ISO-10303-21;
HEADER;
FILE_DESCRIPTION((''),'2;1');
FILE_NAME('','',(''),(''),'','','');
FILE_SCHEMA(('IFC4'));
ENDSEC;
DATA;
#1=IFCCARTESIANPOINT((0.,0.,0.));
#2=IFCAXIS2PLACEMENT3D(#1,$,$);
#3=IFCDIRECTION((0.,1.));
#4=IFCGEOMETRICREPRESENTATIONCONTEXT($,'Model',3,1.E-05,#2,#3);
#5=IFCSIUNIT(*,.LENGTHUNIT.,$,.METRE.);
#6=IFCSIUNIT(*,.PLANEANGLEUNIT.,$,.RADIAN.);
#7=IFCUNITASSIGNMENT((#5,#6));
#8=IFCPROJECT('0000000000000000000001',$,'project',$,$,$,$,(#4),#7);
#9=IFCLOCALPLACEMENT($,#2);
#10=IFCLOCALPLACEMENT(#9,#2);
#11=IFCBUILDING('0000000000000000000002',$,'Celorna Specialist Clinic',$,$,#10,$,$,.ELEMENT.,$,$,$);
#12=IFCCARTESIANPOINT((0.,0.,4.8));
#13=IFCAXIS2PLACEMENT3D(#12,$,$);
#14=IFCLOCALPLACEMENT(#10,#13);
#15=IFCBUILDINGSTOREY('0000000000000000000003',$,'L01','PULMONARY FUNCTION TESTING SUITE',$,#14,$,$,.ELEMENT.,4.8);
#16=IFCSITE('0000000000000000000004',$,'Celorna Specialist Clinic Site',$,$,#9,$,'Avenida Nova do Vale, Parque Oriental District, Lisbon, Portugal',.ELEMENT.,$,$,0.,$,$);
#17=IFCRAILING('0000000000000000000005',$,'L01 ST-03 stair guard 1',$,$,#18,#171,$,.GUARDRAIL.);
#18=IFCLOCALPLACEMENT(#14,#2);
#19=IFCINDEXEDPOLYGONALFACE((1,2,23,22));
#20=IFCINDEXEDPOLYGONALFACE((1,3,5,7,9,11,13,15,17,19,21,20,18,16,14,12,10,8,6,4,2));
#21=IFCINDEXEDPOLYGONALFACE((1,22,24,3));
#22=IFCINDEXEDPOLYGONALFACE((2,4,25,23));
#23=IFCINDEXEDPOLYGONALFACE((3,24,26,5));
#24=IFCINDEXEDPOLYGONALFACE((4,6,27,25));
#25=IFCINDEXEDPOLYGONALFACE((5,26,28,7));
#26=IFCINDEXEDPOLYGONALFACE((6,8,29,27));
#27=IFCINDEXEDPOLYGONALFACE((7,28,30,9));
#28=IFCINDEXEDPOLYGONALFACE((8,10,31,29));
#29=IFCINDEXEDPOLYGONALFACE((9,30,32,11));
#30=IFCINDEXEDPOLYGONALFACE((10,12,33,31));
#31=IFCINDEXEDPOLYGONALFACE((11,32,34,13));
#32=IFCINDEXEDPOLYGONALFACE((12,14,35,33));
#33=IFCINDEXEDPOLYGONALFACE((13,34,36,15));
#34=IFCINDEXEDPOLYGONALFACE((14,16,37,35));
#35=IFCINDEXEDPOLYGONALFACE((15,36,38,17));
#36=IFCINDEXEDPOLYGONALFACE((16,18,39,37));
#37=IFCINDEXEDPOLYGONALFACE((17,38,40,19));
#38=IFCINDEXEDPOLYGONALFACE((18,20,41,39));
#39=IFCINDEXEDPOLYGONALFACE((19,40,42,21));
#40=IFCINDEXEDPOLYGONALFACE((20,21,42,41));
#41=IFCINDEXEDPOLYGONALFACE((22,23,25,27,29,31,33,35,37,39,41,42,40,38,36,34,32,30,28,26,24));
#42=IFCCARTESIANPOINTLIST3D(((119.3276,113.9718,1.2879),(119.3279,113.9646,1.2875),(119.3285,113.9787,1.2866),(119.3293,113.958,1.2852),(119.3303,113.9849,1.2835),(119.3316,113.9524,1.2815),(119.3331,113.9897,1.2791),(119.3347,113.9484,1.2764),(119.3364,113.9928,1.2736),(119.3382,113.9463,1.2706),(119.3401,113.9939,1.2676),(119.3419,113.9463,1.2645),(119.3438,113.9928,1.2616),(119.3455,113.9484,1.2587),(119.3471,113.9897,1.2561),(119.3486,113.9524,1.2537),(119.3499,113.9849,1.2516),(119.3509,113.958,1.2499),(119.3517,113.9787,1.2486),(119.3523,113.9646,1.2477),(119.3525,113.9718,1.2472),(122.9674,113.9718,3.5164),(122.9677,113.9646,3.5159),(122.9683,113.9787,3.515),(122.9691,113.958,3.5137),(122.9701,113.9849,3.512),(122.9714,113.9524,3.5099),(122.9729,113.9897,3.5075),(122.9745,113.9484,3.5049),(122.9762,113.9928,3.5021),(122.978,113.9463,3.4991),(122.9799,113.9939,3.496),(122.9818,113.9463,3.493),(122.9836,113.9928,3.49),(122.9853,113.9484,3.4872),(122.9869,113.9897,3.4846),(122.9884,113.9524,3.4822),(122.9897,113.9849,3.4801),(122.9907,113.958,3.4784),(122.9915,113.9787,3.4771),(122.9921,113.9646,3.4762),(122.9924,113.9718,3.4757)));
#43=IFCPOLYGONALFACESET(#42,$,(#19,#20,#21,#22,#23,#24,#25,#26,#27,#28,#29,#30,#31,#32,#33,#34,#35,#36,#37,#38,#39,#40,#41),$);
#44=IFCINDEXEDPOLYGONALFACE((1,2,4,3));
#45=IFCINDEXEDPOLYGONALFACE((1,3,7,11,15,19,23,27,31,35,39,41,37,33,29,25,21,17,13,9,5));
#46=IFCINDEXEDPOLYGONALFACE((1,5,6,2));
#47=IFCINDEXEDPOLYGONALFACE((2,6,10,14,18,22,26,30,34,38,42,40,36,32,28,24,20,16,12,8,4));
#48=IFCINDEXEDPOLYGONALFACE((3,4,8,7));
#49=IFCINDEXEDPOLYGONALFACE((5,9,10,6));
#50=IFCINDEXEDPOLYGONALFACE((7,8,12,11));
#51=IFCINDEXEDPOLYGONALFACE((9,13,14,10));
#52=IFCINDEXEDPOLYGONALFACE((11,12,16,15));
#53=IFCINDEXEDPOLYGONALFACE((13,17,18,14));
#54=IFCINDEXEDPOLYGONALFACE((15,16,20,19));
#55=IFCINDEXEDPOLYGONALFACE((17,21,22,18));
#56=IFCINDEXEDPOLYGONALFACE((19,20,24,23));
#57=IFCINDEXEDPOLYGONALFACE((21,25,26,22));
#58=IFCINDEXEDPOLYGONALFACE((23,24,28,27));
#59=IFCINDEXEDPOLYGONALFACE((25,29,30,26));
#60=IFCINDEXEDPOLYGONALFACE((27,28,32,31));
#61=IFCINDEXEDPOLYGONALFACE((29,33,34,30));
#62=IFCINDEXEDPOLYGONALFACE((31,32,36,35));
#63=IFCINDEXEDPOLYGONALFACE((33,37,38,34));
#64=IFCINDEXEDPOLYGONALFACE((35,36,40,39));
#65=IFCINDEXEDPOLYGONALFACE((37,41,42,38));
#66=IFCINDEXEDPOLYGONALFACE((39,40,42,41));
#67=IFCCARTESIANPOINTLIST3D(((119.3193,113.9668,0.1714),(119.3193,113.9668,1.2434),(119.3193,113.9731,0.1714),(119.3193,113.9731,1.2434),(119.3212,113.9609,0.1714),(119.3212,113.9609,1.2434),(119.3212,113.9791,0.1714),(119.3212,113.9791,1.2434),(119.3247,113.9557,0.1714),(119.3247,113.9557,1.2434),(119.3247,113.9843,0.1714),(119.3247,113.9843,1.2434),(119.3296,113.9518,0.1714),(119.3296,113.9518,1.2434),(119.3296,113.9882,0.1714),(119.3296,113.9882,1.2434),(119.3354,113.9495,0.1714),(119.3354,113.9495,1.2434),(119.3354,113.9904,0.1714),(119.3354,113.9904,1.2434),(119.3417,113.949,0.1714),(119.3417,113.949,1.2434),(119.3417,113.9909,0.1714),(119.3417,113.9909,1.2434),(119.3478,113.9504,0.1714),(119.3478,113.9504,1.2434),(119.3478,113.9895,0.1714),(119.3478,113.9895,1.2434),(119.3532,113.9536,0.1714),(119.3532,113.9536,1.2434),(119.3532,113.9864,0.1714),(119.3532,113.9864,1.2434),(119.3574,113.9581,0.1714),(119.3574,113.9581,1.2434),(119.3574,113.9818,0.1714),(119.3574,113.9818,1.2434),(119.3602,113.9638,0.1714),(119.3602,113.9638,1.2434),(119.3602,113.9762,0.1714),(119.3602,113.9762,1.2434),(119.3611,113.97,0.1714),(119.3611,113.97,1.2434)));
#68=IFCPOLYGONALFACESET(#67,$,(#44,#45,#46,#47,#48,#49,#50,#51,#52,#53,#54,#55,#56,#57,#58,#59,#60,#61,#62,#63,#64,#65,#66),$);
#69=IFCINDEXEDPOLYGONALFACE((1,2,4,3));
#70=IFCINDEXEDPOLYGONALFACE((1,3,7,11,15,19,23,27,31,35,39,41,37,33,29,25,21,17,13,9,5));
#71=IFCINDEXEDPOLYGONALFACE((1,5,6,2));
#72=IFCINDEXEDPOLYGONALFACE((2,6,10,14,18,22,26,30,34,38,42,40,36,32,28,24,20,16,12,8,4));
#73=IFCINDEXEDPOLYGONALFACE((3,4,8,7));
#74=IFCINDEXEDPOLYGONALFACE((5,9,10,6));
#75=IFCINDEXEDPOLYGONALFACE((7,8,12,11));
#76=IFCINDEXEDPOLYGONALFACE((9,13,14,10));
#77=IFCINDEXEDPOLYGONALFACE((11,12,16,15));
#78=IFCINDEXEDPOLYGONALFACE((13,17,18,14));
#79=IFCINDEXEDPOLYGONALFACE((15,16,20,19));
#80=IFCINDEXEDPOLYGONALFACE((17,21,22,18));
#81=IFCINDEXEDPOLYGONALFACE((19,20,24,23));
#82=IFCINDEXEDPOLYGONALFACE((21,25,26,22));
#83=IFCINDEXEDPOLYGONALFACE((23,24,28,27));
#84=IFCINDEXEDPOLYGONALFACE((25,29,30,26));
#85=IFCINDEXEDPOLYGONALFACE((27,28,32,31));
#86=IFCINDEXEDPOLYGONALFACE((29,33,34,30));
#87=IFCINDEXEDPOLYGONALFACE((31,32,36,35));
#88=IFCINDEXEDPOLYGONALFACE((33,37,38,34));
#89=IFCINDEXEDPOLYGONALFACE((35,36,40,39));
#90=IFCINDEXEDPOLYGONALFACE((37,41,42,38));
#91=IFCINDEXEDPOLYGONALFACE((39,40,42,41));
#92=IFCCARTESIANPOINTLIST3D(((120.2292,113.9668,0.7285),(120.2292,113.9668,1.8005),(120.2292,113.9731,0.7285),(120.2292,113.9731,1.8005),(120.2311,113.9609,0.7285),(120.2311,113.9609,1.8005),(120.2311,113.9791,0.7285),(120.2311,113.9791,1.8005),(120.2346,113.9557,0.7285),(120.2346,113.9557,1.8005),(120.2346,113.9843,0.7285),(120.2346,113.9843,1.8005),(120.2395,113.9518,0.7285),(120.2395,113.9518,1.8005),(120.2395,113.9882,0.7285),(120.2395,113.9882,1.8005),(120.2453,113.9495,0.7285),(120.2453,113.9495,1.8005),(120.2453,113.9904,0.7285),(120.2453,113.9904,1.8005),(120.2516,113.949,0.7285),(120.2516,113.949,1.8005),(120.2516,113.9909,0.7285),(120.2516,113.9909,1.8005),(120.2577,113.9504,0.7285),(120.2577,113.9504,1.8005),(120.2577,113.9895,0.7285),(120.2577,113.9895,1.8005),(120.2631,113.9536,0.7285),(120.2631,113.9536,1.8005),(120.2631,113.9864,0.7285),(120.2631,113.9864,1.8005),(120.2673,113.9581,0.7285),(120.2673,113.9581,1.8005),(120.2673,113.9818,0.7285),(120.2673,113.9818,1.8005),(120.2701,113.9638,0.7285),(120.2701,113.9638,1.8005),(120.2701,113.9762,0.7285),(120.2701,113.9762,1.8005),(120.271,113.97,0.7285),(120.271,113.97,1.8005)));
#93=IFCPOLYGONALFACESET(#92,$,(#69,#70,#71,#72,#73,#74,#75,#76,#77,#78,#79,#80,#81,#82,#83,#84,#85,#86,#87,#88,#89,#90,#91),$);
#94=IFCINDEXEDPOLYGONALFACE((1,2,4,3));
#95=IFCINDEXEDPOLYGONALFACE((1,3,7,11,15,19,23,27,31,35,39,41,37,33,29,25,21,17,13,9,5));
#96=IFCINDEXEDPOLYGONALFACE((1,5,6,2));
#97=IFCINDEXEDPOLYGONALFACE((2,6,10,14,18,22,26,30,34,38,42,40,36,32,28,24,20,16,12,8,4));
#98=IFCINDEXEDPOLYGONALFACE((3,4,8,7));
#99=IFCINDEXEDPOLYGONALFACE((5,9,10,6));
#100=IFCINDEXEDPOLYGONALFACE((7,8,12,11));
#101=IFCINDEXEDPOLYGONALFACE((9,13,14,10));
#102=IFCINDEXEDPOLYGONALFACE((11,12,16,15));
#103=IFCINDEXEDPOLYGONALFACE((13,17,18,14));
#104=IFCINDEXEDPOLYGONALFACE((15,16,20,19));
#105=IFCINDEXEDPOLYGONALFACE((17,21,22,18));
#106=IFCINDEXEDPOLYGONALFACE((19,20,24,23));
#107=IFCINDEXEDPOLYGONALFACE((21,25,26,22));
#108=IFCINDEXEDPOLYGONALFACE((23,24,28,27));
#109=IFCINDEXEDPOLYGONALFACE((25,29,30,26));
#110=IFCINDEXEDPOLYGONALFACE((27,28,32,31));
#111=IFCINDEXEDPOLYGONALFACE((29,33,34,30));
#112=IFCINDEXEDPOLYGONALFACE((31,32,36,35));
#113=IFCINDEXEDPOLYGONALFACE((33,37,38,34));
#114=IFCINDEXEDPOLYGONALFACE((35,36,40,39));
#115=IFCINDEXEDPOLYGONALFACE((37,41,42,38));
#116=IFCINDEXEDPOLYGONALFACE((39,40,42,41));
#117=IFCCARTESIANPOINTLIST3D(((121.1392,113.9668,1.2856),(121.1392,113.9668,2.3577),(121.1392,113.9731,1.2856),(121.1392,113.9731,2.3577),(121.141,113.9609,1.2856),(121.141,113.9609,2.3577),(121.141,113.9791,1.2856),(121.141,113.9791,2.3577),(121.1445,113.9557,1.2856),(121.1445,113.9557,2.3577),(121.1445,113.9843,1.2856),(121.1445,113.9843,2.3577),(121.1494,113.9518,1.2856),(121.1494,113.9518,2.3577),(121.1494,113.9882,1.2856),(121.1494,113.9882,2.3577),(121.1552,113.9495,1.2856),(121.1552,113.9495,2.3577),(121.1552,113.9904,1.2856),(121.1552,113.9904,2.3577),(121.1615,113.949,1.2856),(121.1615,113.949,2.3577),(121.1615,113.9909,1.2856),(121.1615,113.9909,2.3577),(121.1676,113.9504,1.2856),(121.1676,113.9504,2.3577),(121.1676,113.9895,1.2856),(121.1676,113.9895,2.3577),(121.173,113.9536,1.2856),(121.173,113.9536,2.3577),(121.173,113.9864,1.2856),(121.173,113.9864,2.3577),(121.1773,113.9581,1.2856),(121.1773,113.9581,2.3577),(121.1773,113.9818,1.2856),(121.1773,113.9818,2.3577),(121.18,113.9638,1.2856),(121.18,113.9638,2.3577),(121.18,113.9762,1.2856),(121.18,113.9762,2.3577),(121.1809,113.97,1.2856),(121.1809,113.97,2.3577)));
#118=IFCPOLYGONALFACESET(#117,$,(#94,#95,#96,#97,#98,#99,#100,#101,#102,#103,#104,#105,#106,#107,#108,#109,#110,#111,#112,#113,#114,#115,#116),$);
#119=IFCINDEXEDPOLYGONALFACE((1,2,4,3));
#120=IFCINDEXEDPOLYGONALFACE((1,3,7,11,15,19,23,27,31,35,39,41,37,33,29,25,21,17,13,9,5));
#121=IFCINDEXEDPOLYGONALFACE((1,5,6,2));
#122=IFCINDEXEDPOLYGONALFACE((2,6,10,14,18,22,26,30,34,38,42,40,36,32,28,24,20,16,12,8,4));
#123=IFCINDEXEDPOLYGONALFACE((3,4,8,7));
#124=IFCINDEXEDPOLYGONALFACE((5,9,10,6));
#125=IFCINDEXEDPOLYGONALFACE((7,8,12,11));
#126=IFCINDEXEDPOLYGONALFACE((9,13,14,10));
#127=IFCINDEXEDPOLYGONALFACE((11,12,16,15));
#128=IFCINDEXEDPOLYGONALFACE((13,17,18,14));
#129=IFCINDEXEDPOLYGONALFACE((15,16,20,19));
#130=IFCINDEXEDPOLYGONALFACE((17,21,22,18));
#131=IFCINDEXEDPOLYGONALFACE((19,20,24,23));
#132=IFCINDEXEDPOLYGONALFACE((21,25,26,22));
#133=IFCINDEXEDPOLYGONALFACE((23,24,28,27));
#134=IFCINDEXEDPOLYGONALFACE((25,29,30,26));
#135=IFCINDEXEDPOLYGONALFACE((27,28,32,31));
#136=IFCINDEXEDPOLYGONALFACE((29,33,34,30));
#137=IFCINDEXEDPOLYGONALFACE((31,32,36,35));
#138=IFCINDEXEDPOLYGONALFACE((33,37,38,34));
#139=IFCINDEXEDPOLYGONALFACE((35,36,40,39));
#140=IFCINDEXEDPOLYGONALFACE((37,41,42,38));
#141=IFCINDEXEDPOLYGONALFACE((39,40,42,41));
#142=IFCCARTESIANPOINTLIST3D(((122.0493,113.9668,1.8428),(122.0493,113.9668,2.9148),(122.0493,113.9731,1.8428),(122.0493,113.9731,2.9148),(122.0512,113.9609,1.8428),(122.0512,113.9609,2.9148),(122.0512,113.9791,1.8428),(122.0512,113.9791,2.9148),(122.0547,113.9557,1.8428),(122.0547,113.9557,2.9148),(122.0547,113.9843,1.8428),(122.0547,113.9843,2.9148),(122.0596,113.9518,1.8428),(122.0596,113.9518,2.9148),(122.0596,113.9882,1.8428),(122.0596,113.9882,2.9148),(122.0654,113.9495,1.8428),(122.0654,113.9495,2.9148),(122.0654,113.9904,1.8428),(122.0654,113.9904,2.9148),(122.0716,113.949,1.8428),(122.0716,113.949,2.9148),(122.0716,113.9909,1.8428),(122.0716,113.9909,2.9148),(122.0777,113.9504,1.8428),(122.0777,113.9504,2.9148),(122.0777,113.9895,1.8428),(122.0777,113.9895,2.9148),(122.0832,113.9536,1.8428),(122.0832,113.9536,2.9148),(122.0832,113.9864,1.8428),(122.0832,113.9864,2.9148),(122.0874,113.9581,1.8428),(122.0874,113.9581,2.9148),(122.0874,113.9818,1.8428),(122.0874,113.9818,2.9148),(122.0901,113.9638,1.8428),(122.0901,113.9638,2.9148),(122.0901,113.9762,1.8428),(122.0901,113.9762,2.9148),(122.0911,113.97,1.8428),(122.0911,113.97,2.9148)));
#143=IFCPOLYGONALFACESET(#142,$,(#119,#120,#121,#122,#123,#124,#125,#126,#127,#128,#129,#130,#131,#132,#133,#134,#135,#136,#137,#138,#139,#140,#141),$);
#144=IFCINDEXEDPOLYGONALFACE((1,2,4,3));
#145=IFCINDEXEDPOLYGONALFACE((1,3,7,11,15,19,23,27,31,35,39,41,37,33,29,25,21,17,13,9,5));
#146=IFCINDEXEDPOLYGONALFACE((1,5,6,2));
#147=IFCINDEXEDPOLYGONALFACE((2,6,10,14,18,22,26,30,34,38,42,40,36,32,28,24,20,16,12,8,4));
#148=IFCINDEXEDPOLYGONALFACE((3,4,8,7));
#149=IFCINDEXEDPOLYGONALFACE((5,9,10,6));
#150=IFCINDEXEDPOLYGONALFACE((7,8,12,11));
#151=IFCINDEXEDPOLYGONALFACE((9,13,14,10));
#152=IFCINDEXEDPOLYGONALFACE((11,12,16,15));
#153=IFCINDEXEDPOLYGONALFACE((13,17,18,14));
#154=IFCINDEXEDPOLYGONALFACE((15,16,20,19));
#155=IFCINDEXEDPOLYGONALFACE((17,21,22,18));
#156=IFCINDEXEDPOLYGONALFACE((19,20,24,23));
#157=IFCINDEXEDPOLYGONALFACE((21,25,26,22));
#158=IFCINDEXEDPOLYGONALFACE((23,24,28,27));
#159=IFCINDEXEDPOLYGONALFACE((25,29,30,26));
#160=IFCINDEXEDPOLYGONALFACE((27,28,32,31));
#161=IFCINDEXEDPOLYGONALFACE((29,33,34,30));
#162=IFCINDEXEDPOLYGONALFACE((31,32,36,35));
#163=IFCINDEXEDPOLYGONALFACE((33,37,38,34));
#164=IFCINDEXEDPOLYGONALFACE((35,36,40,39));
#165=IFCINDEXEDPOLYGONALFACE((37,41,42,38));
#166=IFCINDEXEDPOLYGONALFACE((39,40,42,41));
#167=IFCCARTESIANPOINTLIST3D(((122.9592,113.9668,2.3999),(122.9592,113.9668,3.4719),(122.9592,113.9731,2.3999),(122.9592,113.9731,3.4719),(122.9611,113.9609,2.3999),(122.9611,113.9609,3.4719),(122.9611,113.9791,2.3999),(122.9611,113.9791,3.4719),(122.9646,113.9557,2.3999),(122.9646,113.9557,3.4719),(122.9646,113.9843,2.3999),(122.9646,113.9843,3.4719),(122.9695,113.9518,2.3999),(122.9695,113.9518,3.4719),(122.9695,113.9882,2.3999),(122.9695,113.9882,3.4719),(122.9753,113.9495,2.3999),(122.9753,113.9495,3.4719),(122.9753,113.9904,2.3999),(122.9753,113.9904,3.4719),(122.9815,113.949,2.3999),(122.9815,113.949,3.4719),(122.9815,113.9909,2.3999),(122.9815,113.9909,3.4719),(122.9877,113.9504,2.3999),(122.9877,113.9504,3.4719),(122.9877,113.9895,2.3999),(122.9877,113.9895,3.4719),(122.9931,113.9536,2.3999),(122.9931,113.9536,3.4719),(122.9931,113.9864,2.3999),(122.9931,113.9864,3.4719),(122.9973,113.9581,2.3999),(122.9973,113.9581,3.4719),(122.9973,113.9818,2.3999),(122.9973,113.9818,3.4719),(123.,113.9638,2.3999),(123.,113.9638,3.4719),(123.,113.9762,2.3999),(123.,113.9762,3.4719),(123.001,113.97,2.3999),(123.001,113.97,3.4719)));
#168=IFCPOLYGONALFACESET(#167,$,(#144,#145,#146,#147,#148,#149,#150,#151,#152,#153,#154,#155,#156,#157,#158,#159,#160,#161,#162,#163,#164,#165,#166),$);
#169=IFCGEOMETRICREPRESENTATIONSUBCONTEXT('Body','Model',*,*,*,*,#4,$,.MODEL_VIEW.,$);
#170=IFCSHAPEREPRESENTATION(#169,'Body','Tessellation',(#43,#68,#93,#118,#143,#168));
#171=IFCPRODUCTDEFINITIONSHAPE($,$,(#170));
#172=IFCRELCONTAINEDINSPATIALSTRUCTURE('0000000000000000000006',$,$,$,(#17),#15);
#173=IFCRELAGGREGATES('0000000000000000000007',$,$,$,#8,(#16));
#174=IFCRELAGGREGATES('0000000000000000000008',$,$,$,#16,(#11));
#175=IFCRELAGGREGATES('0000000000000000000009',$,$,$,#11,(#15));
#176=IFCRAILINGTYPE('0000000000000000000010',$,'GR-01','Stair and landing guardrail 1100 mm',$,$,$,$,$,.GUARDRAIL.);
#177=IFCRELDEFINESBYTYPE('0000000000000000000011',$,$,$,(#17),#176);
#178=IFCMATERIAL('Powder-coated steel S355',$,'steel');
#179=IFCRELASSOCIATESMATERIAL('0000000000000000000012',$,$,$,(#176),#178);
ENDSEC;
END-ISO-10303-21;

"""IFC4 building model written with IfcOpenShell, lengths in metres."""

from ifc_helpers import new_model, si_unit, direction, frame, origin, origin_2d, place, context, subcontext, project, spatial, circle, extrude, material, type_object, element, save


model = new_model("IFC4")

# Units and contexts
model_context = context("Model", 3, precision=1e-05, world=origin(), true_north=direction((0.0, 1.0)))
body_context = subcontext(model_context, "Body", "Model", "MODEL_VIEW")
ifc_project = project(units=[si_unit("LENGTHUNIT", "METRE"), si_unit("PLANEANGLEUNIT", "RADIAN")], contexts=[model_context])

# Site, building, storey
site_placement = place(None, origin())
site = spatial("IfcSite", under=ifc_project, at=site_placement, Name="Celorna Specialist Clinic Site", LongName="Avenida Nova do Vale, Parque Oriental District, Lisbon, Portugal", CompositionType="ELEMENT", RefElevation=0.0)
building_placement = place(site_placement, origin())
building = spatial("IfcBuilding", under=site, at=building_placement, Name="Celorna Specialist Clinic", CompositionType="ELEMENT")
storey_placement = place(building_placement, frame((0.0, 0.0, 4.8)))
storey = spatial("IfcBuildingStorey", under=building, at=storey_placement, Name="L01", Description="PULMONARY FUNCTION TESTING SUITE", CompositionType="ELEMENT", Elevation=4.8)

# Railing
ifc_material_1 = material(Name="Powder-coated steel S355", Category="steel")
railing_type_1 = type_object("IfcRailingType", Name="GR-01", Description="Stair and landing guardrail 1100 mm", PredefinedType="GUARDRAIL", material=ifc_material_1)
railing_1_placement = place(storey_placement, frame((119.3401, 113.97, 0.1714)))
element("IfcRailing", 1, at=railing_1_placement, inside=storey, type_object=railing_type_1, Name="L01 ST-03 stair guard 1", PredefinedType="GUARDRAIL", context=body_context, shape_type="SweptSolid", body=[
    extrude(circle(Radius=0.0239, at=origin_2d()), frame((0.0, 0.0, 1.0962), z_axis=(0.85285, 0.0, 0.522156), x_axis=(0.0, 1.0, 0.0)), (0.0, 0.0, 1.0), 4.2678),
    extrude(circle(Radius=0.021, at=origin_2d()), origin(), (0.0, 0.0, 1.0), 1.072),
    extrude(circle(Radius=0.021, at=origin_2d()), frame((0.9099, 0.0, 0.5571)), (0.0, 0.0, 1.0), 1.072),
    extrude(circle(Radius=0.021, at=origin_2d()), frame((1.8198, 0.0, 1.1143)), (0.0, 0.0, 1.0), 1.072),
    extrude(circle(Radius=0.021, at=origin_2d()), frame((2.73, 0.0, 1.6714)), (0.0, 0.0, 1.0), 1.072),
    extrude(circle(Radius=0.021, at=origin_2d()), frame((3.6399, 0.0, 2.2285)), (0.0, 0.0, 1.0), 1.072),
])

save(model, "model.ifc")
